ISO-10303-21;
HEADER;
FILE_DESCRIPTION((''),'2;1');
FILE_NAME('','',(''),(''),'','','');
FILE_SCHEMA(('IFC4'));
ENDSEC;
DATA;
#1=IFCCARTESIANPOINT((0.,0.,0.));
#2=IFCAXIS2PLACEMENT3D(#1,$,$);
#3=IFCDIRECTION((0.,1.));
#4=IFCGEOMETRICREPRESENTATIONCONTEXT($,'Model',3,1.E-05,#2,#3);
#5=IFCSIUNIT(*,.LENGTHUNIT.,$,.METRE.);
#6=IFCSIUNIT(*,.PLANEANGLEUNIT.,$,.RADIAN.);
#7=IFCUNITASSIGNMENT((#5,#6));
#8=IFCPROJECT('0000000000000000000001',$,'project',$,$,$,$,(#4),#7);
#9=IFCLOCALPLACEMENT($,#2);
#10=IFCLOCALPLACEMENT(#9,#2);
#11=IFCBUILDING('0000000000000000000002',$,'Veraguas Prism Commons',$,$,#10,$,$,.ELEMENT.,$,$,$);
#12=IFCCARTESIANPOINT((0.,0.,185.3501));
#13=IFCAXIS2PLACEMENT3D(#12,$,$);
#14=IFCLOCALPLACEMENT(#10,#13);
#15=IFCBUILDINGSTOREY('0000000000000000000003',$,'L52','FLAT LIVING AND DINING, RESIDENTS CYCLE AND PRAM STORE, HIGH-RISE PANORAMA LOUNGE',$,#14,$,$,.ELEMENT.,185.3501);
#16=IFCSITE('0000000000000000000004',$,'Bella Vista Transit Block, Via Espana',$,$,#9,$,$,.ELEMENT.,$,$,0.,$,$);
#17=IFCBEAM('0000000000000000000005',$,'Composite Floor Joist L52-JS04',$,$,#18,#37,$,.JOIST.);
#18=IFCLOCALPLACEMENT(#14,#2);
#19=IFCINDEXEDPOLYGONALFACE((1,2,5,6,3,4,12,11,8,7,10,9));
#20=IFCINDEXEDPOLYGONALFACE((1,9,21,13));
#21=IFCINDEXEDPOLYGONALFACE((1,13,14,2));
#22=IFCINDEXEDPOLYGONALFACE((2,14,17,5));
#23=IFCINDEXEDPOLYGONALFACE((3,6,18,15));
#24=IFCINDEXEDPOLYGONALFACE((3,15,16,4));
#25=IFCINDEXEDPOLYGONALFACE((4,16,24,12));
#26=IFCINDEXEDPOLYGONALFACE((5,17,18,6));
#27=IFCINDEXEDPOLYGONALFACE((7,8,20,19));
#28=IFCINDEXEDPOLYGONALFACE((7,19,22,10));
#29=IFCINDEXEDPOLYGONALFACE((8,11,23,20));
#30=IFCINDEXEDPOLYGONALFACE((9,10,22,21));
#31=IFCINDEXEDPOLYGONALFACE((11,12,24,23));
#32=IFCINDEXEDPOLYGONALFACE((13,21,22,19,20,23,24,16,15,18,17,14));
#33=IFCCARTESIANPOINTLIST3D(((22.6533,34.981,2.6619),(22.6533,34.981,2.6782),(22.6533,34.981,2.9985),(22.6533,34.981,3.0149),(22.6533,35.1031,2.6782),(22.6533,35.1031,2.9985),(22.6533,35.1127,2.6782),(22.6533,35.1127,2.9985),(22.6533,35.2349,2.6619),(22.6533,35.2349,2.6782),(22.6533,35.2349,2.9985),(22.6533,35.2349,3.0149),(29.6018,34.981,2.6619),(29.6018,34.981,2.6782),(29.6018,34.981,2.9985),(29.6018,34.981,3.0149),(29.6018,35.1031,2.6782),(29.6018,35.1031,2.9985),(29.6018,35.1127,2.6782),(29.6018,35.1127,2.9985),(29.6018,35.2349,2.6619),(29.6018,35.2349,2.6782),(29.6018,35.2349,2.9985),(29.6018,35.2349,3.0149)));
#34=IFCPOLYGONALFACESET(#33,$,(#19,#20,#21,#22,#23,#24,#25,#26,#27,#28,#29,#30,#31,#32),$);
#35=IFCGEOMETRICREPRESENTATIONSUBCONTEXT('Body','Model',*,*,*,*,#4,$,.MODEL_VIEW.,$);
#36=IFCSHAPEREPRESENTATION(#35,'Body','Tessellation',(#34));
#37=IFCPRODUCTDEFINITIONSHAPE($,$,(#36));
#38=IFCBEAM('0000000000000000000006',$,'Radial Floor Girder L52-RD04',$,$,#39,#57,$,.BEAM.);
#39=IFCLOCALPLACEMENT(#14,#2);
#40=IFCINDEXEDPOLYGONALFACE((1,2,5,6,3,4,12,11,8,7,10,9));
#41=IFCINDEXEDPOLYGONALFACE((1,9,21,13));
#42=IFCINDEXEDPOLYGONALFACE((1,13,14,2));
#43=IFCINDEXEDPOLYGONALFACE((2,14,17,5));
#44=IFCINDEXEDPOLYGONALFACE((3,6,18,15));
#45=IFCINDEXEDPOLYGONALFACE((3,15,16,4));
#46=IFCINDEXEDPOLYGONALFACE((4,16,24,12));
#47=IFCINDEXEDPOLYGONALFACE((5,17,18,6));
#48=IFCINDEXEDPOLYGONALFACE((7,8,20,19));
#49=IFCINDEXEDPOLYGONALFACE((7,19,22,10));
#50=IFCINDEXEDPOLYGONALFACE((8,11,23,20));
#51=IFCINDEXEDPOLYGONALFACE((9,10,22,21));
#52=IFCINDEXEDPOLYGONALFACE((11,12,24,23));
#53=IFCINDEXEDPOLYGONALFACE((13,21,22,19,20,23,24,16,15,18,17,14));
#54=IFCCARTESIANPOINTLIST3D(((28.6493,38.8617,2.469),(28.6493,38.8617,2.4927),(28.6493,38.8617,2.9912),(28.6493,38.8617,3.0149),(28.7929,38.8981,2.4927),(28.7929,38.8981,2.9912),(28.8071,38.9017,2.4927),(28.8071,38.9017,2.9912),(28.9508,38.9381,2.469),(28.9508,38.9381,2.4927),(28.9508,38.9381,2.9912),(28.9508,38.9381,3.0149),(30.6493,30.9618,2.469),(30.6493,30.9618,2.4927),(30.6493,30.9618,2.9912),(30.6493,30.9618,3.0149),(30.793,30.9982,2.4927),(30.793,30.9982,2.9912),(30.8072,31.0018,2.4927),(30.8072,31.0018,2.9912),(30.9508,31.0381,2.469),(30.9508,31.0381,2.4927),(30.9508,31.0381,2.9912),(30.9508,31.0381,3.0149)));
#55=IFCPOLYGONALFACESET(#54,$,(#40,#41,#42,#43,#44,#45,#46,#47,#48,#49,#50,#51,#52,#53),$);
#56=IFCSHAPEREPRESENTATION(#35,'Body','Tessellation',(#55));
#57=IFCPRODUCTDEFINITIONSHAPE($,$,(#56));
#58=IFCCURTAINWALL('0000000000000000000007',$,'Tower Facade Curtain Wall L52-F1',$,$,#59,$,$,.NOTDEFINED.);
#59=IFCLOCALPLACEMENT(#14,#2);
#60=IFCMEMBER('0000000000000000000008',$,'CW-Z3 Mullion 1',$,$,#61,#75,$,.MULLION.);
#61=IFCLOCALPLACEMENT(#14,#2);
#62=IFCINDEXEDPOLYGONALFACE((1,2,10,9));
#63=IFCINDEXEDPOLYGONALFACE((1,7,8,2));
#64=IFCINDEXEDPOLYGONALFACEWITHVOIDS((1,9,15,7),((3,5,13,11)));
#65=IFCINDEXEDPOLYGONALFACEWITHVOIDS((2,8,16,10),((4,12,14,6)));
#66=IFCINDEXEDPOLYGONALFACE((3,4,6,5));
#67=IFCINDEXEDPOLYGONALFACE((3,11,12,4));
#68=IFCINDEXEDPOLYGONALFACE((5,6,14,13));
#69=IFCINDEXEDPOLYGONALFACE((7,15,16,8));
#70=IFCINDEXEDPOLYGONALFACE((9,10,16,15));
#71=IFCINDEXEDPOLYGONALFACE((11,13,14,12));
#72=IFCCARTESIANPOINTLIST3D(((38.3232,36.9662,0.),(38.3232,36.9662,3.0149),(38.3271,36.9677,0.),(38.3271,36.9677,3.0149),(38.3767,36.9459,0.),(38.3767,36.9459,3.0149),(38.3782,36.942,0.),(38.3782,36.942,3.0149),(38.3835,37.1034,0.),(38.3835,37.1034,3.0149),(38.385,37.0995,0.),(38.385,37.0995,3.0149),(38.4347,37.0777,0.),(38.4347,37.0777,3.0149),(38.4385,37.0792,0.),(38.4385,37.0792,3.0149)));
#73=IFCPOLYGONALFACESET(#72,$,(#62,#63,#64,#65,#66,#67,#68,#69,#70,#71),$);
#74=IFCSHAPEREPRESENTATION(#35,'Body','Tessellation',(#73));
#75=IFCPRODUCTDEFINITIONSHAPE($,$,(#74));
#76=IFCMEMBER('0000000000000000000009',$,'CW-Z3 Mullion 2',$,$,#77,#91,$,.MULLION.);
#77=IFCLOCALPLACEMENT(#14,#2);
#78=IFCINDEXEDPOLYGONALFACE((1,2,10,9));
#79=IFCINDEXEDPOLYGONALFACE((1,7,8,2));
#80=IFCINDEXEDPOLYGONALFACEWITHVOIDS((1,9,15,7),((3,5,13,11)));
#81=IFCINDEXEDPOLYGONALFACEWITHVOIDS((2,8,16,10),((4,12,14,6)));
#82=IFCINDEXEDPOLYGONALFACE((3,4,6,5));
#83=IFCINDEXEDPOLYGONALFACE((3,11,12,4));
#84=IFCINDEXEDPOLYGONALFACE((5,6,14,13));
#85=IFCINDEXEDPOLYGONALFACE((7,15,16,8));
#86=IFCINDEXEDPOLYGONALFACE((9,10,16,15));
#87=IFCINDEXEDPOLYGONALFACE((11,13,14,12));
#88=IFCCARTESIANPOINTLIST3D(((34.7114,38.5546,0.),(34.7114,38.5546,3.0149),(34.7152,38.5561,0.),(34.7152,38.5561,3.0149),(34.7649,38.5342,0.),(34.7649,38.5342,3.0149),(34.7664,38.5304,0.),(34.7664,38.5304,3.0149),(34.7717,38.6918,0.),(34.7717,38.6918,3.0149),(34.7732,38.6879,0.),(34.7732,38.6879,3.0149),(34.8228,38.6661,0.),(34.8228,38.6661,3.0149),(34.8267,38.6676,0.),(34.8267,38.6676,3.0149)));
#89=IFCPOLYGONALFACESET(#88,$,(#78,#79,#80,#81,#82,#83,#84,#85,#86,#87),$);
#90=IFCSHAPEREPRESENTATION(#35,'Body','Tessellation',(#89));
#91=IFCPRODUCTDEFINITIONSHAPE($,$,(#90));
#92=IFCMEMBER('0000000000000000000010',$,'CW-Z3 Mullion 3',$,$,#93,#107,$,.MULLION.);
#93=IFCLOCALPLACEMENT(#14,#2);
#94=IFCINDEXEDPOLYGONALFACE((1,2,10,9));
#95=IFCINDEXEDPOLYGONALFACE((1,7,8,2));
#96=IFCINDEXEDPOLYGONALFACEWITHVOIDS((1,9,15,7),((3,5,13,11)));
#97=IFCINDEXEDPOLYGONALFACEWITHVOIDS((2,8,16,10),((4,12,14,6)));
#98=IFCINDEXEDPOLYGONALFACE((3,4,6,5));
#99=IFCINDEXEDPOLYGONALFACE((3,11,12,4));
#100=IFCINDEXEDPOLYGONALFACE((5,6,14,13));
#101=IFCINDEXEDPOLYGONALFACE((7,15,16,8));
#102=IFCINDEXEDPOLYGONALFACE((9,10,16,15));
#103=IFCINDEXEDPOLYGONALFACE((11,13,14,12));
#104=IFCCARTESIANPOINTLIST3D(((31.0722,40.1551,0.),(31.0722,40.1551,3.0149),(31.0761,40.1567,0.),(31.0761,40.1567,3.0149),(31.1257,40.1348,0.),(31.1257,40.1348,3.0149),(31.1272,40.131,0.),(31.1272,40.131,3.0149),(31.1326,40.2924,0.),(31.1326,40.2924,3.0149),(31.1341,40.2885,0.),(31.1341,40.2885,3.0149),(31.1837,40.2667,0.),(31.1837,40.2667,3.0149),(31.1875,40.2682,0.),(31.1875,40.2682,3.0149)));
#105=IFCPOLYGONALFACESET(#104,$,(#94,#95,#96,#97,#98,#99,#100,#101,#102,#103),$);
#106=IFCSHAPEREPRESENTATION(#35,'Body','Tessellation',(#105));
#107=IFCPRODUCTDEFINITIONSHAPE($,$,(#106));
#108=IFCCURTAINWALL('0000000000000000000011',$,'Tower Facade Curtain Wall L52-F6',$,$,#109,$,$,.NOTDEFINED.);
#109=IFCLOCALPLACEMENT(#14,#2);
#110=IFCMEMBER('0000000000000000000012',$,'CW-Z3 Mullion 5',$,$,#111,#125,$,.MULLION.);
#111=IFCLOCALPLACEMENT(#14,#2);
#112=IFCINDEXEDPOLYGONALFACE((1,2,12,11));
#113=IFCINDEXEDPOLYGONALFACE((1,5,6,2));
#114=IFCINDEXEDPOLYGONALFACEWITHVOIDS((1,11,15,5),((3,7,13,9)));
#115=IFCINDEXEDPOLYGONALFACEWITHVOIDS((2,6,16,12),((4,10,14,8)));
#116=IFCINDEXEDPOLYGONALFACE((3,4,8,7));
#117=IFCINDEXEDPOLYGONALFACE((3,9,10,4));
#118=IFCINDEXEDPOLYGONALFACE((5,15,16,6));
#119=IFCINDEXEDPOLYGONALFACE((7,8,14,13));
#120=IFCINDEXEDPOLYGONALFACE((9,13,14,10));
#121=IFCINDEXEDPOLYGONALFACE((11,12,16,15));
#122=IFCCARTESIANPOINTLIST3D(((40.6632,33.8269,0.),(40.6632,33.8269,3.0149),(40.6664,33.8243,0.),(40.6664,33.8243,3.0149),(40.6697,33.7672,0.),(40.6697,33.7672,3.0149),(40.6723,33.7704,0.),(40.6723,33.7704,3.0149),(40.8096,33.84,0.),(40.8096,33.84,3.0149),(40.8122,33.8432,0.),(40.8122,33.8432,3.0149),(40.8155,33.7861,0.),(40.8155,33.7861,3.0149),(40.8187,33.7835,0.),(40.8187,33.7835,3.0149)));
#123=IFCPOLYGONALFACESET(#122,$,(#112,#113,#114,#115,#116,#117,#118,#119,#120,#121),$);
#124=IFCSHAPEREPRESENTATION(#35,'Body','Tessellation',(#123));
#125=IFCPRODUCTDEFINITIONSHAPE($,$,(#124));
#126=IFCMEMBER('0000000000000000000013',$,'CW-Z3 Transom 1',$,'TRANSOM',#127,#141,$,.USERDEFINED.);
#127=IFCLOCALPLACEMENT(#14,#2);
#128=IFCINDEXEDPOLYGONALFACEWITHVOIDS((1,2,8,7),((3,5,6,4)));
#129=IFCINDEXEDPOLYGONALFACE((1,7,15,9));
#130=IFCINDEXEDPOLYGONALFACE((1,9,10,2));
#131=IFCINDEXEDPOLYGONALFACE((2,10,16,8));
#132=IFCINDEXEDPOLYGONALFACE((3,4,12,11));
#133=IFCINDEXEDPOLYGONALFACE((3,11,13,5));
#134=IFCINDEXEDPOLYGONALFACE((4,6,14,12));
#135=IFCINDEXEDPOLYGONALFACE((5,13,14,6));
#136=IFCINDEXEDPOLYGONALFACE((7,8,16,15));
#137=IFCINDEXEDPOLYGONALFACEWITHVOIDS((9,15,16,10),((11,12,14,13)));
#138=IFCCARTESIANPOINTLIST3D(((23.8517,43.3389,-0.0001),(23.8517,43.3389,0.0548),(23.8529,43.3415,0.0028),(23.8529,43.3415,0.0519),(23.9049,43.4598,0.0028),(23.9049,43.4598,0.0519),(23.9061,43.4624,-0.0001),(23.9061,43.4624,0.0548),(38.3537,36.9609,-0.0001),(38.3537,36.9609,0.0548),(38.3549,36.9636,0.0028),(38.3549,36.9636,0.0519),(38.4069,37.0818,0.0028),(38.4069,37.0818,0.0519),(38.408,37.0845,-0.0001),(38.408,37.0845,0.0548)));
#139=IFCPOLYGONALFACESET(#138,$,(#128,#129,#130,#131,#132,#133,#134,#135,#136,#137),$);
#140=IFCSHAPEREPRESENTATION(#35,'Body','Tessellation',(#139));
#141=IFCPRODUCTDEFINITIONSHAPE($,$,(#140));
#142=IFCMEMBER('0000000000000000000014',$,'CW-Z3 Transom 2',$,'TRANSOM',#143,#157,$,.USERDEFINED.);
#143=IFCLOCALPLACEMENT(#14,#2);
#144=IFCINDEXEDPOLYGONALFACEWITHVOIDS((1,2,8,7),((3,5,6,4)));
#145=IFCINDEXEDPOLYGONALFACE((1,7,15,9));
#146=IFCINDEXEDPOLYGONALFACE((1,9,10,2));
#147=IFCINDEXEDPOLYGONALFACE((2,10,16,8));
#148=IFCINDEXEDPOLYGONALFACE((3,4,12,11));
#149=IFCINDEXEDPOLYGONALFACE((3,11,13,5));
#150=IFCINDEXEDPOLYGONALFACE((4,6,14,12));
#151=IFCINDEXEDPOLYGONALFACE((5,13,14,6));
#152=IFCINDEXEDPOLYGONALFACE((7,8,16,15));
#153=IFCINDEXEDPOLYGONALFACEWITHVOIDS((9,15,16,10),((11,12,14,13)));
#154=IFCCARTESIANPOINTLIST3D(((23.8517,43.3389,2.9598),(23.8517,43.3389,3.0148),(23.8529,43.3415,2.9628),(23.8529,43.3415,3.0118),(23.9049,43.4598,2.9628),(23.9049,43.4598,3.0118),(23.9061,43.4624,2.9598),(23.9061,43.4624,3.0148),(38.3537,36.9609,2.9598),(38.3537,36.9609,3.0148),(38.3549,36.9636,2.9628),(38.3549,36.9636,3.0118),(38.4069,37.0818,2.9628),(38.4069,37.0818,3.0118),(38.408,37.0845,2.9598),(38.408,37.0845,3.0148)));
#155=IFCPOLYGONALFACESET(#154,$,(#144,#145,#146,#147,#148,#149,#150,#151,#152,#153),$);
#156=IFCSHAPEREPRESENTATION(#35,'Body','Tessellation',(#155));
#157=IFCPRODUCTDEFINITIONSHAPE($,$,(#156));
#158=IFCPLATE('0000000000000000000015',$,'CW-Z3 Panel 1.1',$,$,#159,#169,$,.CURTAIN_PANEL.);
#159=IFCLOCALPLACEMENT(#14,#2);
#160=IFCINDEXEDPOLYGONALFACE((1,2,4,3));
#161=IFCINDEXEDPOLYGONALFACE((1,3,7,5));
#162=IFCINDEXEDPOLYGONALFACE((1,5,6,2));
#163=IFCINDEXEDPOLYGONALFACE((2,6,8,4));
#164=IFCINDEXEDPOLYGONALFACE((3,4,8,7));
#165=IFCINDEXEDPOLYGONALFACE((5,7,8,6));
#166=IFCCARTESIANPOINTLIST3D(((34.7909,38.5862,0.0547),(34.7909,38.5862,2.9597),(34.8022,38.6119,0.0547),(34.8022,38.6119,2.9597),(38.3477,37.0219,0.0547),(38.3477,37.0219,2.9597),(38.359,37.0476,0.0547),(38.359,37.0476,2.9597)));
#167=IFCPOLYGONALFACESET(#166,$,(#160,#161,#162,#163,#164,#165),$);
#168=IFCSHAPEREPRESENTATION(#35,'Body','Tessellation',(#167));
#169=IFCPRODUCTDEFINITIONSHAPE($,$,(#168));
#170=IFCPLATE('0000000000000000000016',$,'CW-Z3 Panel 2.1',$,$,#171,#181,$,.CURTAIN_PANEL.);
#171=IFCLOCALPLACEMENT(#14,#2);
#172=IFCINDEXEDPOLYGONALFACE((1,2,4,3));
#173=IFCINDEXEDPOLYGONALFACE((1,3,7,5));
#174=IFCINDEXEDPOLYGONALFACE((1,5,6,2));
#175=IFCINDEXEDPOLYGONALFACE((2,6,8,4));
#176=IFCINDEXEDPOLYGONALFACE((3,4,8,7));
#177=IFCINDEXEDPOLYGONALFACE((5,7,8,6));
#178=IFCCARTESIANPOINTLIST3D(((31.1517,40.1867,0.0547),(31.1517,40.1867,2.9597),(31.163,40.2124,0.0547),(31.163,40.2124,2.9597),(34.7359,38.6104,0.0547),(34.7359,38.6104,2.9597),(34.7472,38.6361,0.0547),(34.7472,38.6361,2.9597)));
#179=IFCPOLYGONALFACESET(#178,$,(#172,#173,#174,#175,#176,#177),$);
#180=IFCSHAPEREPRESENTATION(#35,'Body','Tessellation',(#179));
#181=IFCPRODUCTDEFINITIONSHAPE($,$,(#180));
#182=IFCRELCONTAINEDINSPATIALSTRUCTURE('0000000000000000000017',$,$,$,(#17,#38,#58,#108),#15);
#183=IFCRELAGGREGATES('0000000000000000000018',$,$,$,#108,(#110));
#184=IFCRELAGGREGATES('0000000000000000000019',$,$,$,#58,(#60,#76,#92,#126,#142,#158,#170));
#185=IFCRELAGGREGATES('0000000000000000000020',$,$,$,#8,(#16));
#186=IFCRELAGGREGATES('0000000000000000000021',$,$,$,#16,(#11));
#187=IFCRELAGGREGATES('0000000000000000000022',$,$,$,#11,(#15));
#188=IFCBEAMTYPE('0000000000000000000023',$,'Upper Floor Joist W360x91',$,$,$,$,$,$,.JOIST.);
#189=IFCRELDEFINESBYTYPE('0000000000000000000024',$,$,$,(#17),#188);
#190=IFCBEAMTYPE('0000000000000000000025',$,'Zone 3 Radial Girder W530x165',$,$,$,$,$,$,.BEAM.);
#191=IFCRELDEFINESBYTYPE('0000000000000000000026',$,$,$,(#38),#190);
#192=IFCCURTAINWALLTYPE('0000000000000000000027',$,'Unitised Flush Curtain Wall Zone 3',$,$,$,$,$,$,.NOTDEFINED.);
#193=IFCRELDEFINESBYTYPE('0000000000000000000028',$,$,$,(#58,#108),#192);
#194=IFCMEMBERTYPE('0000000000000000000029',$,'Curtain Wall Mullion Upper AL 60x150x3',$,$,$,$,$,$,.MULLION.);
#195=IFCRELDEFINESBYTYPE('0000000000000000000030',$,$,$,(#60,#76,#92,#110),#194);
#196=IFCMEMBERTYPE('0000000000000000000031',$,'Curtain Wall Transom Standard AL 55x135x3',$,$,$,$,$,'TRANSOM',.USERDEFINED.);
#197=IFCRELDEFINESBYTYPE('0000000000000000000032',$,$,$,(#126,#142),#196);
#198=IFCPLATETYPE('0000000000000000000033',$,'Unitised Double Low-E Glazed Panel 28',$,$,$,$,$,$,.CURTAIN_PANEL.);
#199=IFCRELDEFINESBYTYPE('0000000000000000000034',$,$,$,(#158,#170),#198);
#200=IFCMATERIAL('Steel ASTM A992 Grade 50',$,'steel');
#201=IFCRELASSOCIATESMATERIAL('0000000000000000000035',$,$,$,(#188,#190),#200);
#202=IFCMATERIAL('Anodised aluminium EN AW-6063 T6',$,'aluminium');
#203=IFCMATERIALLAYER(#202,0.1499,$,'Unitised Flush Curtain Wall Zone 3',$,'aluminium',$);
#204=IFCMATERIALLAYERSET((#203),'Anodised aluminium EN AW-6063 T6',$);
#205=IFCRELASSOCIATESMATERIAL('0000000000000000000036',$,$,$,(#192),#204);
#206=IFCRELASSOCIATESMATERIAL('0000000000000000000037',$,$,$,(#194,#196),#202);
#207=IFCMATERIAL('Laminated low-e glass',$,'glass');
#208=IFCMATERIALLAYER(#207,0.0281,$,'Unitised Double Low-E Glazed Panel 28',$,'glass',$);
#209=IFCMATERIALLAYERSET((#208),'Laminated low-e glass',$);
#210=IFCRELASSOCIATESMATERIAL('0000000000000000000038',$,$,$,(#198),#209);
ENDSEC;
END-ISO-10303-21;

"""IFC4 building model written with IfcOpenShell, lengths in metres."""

from ifc_helpers import new_model, si_unit, direction, frame, origin, origin_2d, place, context, subcontext, project, spatial, rectangle, hollow_rectangle, i_section, extrude, source, transform, mapped, material, layer, layer_set, material_profile, profile_set, type_object, element, aggregate, save


model = new_model("IFC4")

# Units and contexts
model_context = context("Model", 3, precision=1e-05, world=origin(), true_north=direction((0.0, 1.0)))
body_context = subcontext(model_context, "Body", "Model", "MODEL_VIEW")
ifc_project = project(units=[si_unit("LENGTHUNIT", "METRE"), si_unit("PLANEANGLEUNIT", "RADIAN")], contexts=[model_context])

# Site, building, storey
site_placement = place(None, origin())
site = spatial("IfcSite", under=ifc_project, at=site_placement, Name="Bella Vista Transit Block, Via Espana", CompositionType="ELEMENT", RefElevation=0.0)
building_placement = place(site_placement, origin())
building = spatial("IfcBuilding", under=site, at=building_placement, Name="Veraguas Prism Commons", CompositionType="ELEMENT")
storey_placement = place(building_placement, frame((0.0, 0.0, 185.3501)))
storey = spatial("IfcBuildingStorey", under=building, at=storey_placement, Name="L52", Description="FLAT LIVING AND DINING, RESIDENTS CYCLE AND PRAM STORE, HIGH-RISE PANORAMA LOUNGE", CompositionType="ELEMENT", Elevation=185.3501)

# Beams
ifc_material_1 = material(Name="Steel ASTM A992 Grade 50", Category="steel")
ifc_material_profile_1 = material_profile(ifc_material_1, i_section(OverallWidth=0.2539, OverallDepth=0.353, WebThickness=0.0095, FlangeThickness=0.0164, at=origin_2d()), Name="W360X91")
ifc_profile_set_1 = profile_set([ifc_material_profile_1], Name="Steel ASTM A992 Grade 50")
beam_type_1 = type_object("IfcBeamType", Name="Upper Floor Joist W360x91", PredefinedType="JOIST", material=ifc_profile_set_1)
beam_1_placement = place(storey_placement, frame((29.6018, 35.1079, 2.8384), z_axis=(-1.0, 0.0, 0.0), x_axis=(0.0, -1.0, 0.0)))
element("IfcBeam", 1, at=beam_1_placement, inside=storey, type_object=beam_type_1, Name="Composite Floor Joist L52-JS04", PredefinedType="JOIST", context=body_context, shape_type="SweptSolid", body=[
    extrude(i_section(OverallWidth=0.2539, OverallDepth=0.353, WebThickness=0.0095, FlangeThickness=0.0164, at=origin_2d()), origin(), (0.0, 0.0, 1.0), 6.9485),
])
ifc_material_profile_2 = material_profile(ifc_material_1, i_section(OverallWidth=0.311, OverallDepth=0.5459, WebThickness=0.0146, FlangeThickness=0.0237, at=origin_2d()), Name="W530X165")
ifc_profile_set_2 = profile_set([ifc_material_profile_2], Name="Steel ASTM A992 Grade 50")
beam_type_2 = type_object("IfcBeamType", Name="Zone 3 Radial Girder W530x165", PredefinedType="BEAM", material=ifc_profile_set_2)
beam_2_placement = place(storey_placement, frame((28.8, 38.8999, 2.7419), z_axis=(0.245425, -0.969416, 0.0), x_axis=(0.969416, 0.245425, 0.0)))
element("IfcBeam", 2, at=beam_2_placement, inside=storey, type_object=beam_type_2, Name="Radial Floor Girder L52-RD04", PredefinedType="BEAM", context=body_context, shape_type="SweptSolid", body=[
    extrude(i_section(OverallWidth=0.311, OverallDepth=0.5459, WebThickness=0.0146, FlangeThickness=0.0237, at=origin_2d()), origin(), (0.0, 0.0, 1.0), 8.1492),
])

# Curtain wall, members
ifc_material_2 = material(Name="Anodised aluminium EN AW-6063 T6", Category="aluminium")
ifc_layer_1 = layer(ifc_material_2, 0.1499, Name="Unitised Flush Curtain Wall Zone 3", Category="aluminium")
ifc_layer_set_1 = layer_set([ifc_layer_1], Name="Anodised aluminium EN AW-6063 T6")
curtain_wall_type = type_object("IfcCurtainWallType", Name="Unitised Flush Curtain Wall Zone 3", PredefinedType="NOTDEFINED", material=ifc_layer_set_1)
curtain_wall_1_placement = place(storey_placement, origin())
curtain_wall_1 = element("IfcCurtainWall", 3, at=curtain_wall_1_placement, inside=storey, type_object=curtain_wall_type, Name="Tower Facade Curtain Wall L52-F1", PredefinedType="NOTDEFINED")
ifc_material_profile_3 = material_profile(ifc_material_2, hollow_rectangle(XDim=0.0601, YDim=0.1499, WallThickness=0.0029, at=origin_2d()), Name="AL60X150X3")
ifc_profile_set_3 = profile_set([ifc_material_profile_3], Name="Anodised aluminium EN AW-6063 T6")
member_type_1 = type_object("IfcMemberType", Name="Curtain Wall Mullion Upper AL 60x150x3", PredefinedType="MULLION", material=ifc_profile_set_3)
shared_shape_1 = source(origin(), body_context, "Body", "SweptSolid", [
    extrude(hollow_rectangle(XDim=0.0601, YDim=0.1499, WallThickness=0.0029, at=origin_2d()), origin(), (0.0, 0.0, 1.0), 3.0149),
])
member_1_placement = place(storey_placement, frame((38.3809, 37.0227, 0.0), z_axis=(0.0, 0.0, 1.0), x_axis=(-0.915385, 0.402581, 0.0)))
member_1 = element("IfcMember", 4, at=member_1_placement, type_object=member_type_1, Name="CW-Z3 Mullion 1", PredefinedType="MULLION", context=body_context, shape_type="MappedRepresentation", body=[
    mapped(shared_shape_1, transform((0.0, 0.0, 0.0), scale=1.0)),
])
member_2_placement = place(storey_placement, frame((34.769, 38.6111, 0.0), z_axis=(0.0, 0.0, 1.0), x_axis=(-0.915385, 0.402581, 0.0)))
member_2 = element("IfcMember", 5, at=member_2_placement, type_object=member_type_1, Name="CW-Z3 Mullion 2", PredefinedType="MULLION", context=body_context, shape_type="MappedRepresentation", body=[
    mapped(shared_shape_1, transform((0.0, 0.0, 0.0), scale=1.0)),
])
member_3_placement = place(storey_placement, frame((31.1299, 40.2117, 0.0), z_axis=(0.0, 0.0, 1.0), x_axis=(-0.915385, 0.402581, 0.0)))
member_3 = element("IfcMember", 6, at=member_3_placement, type_object=member_type_1, Name="CW-Z3 Mullion 3", PredefinedType="MULLION", context=body_context, shape_type="MappedRepresentation", body=[
    mapped(shared_shape_1, transform((0.0, 0.0, 0.0), scale=1.0)),
])

# Curtain wall, member
curtain_wall_2_placement = place(storey_placement, origin())
curtain_wall_2 = element("IfcCurtainWall", 7, at=curtain_wall_2_placement, inside=storey, type_object=curtain_wall_type, Name="Tower Facade Curtain Wall L52-F6", PredefinedType="NOTDEFINED")
member_4_placement = place(storey_placement, frame((40.741, 33.8052, 0.0), z_axis=(0.0, 0.0, 1.0), x_axis=(-0.109046, 0.994037, 0.0)))
member_4 = element("IfcMember", 8, at=member_4_placement, type_object=member_type_1, Name="CW-Z3 Mullion 5", PredefinedType="MULLION", context=body_context, shape_type="MappedRepresentation", body=[
    mapped(shared_shape_1, transform((0.0, 0.0, 0.0), scale=1.0)),
])
aggregate(curtain_wall_2, [member_4])

# Members
ifc_material_profile_4 = material_profile(ifc_material_2, hollow_rectangle(XDim=0.0549, YDim=0.135, WallThickness=0.0029, at=origin_2d()), Name="AL55X135X3")
ifc_profile_set_4 = profile_set([ifc_material_profile_4], Name="Anodised aluminium EN AW-6063 T6")
member_type_2 = type_object("IfcMemberType", Name="Curtain Wall Transom Standard AL 55x135x3", ElementType="TRANSOM", PredefinedType="USERDEFINED", material=ifc_profile_set_4)
shared_shape_2 = source(origin(), body_context, "Body", "SweptSolid", [
    extrude(hollow_rectangle(XDim=0.0549, YDim=0.135, WallThickness=0.0029, at=origin_2d()), origin(), (0.0, 0.0, 1.0), 15.8425),
])
member_5_placement = place(storey_placement, frame((38.3809, 37.0227, 0.0273), z_axis=(-0.915383, 0.402584, 0.0), x_axis=(0.0, 0.0, 1.0)))
member_5 = element("IfcMember", 9, at=member_5_placement, type_object=member_type_2, Name="CW-Z3 Transom 1", ObjectType="TRANSOM", PredefinedType="USERDEFINED", context=body_context, shape_type="MappedRepresentation", body=[
    mapped(shared_shape_2, transform((0.0, 0.0, 0.0), scale=1.0)),
])
member_6_placement = place(storey_placement, frame((38.3809, 37.0227, 2.9873), z_axis=(-0.915383, 0.402584, 0.0), x_axis=(0.0, 0.0, 1.0)))
member_6 = element("IfcMember", 10, at=member_6_placement, type_object=member_type_2, Name="CW-Z3 Transom 2", ObjectType="TRANSOM", PredefinedType="USERDEFINED", context=body_context, shape_type="MappedRepresentation", body=[
    mapped(shared_shape_2, transform((0.0, 0.0, 0.0), scale=1.0)),
])

# Plates
ifc_material_3 = material(Name="Laminated low-e glass", Category="glass")
ifc_layer_2 = layer(ifc_material_3, 0.0281, Name="Unitised Double Low-E Glazed Panel 28", Category="glass")
ifc_layer_set_2 = layer_set([ifc_layer_2], Name="Laminated low-e glass")
plate_type = type_object("IfcPlateType", Name="Unitised Double Low-E Glazed Panel 28", PredefinedType="CURTAIN_PANEL", material=ifc_layer_set_2)
shared_shape_3 = source(origin(), body_context, "Body", "SweptSolid", [
    extrude(rectangle(XDim=3.8855, YDim=0.0281, at=origin_2d()), origin(), (0.0, 0.0, 1.0), 2.905),
])
plate_1_placement = place(storey_placement, frame((36.575, 37.8169, 0.0547), z_axis=(0.0, 0.0, 1.0), x_axis=(-0.915385, 0.402581, 0.0)))
plate_1 = element("IfcPlate", 11, at=plate_1_placement, type_object=plate_type, Name="CW-Z3 Panel 1.1", PredefinedType="CURTAIN_PANEL", context=body_context, shape_type="MappedRepresentation", body=[
    mapped(shared_shape_3, transform((0.0, 0.0, 0.0), scale=1.0)),
])
shared_shape_4 = source(origin(), body_context, "Body", "SweptSolid", [
    extrude(rectangle(XDim=3.9155, YDim=0.0281, at=origin_2d()), origin(), (0.0, 0.0, 1.0), 2.905),
])
plate_2_placement = place(storey_placement, frame((32.9495, 39.4114, 0.0547), z_axis=(0.0, 0.0, 1.0), x_axis=(-0.915385, 0.402581, 0.0)))
plate_2 = element("IfcPlate", 12, at=plate_2_placement, type_object=plate_type, Name="CW-Z3 Panel 2.1", PredefinedType="CURTAIN_PANEL", context=body_context, shape_type="MappedRepresentation", body=[
    mapped(shared_shape_4, transform((0.0, 0.0, 0.0), scale=1.0)),
])
aggregate(curtain_wall_1, [member_1, member_2, member_3, member_5, member_6, plate_1, plate_2])

save(model, "model.ifc")
